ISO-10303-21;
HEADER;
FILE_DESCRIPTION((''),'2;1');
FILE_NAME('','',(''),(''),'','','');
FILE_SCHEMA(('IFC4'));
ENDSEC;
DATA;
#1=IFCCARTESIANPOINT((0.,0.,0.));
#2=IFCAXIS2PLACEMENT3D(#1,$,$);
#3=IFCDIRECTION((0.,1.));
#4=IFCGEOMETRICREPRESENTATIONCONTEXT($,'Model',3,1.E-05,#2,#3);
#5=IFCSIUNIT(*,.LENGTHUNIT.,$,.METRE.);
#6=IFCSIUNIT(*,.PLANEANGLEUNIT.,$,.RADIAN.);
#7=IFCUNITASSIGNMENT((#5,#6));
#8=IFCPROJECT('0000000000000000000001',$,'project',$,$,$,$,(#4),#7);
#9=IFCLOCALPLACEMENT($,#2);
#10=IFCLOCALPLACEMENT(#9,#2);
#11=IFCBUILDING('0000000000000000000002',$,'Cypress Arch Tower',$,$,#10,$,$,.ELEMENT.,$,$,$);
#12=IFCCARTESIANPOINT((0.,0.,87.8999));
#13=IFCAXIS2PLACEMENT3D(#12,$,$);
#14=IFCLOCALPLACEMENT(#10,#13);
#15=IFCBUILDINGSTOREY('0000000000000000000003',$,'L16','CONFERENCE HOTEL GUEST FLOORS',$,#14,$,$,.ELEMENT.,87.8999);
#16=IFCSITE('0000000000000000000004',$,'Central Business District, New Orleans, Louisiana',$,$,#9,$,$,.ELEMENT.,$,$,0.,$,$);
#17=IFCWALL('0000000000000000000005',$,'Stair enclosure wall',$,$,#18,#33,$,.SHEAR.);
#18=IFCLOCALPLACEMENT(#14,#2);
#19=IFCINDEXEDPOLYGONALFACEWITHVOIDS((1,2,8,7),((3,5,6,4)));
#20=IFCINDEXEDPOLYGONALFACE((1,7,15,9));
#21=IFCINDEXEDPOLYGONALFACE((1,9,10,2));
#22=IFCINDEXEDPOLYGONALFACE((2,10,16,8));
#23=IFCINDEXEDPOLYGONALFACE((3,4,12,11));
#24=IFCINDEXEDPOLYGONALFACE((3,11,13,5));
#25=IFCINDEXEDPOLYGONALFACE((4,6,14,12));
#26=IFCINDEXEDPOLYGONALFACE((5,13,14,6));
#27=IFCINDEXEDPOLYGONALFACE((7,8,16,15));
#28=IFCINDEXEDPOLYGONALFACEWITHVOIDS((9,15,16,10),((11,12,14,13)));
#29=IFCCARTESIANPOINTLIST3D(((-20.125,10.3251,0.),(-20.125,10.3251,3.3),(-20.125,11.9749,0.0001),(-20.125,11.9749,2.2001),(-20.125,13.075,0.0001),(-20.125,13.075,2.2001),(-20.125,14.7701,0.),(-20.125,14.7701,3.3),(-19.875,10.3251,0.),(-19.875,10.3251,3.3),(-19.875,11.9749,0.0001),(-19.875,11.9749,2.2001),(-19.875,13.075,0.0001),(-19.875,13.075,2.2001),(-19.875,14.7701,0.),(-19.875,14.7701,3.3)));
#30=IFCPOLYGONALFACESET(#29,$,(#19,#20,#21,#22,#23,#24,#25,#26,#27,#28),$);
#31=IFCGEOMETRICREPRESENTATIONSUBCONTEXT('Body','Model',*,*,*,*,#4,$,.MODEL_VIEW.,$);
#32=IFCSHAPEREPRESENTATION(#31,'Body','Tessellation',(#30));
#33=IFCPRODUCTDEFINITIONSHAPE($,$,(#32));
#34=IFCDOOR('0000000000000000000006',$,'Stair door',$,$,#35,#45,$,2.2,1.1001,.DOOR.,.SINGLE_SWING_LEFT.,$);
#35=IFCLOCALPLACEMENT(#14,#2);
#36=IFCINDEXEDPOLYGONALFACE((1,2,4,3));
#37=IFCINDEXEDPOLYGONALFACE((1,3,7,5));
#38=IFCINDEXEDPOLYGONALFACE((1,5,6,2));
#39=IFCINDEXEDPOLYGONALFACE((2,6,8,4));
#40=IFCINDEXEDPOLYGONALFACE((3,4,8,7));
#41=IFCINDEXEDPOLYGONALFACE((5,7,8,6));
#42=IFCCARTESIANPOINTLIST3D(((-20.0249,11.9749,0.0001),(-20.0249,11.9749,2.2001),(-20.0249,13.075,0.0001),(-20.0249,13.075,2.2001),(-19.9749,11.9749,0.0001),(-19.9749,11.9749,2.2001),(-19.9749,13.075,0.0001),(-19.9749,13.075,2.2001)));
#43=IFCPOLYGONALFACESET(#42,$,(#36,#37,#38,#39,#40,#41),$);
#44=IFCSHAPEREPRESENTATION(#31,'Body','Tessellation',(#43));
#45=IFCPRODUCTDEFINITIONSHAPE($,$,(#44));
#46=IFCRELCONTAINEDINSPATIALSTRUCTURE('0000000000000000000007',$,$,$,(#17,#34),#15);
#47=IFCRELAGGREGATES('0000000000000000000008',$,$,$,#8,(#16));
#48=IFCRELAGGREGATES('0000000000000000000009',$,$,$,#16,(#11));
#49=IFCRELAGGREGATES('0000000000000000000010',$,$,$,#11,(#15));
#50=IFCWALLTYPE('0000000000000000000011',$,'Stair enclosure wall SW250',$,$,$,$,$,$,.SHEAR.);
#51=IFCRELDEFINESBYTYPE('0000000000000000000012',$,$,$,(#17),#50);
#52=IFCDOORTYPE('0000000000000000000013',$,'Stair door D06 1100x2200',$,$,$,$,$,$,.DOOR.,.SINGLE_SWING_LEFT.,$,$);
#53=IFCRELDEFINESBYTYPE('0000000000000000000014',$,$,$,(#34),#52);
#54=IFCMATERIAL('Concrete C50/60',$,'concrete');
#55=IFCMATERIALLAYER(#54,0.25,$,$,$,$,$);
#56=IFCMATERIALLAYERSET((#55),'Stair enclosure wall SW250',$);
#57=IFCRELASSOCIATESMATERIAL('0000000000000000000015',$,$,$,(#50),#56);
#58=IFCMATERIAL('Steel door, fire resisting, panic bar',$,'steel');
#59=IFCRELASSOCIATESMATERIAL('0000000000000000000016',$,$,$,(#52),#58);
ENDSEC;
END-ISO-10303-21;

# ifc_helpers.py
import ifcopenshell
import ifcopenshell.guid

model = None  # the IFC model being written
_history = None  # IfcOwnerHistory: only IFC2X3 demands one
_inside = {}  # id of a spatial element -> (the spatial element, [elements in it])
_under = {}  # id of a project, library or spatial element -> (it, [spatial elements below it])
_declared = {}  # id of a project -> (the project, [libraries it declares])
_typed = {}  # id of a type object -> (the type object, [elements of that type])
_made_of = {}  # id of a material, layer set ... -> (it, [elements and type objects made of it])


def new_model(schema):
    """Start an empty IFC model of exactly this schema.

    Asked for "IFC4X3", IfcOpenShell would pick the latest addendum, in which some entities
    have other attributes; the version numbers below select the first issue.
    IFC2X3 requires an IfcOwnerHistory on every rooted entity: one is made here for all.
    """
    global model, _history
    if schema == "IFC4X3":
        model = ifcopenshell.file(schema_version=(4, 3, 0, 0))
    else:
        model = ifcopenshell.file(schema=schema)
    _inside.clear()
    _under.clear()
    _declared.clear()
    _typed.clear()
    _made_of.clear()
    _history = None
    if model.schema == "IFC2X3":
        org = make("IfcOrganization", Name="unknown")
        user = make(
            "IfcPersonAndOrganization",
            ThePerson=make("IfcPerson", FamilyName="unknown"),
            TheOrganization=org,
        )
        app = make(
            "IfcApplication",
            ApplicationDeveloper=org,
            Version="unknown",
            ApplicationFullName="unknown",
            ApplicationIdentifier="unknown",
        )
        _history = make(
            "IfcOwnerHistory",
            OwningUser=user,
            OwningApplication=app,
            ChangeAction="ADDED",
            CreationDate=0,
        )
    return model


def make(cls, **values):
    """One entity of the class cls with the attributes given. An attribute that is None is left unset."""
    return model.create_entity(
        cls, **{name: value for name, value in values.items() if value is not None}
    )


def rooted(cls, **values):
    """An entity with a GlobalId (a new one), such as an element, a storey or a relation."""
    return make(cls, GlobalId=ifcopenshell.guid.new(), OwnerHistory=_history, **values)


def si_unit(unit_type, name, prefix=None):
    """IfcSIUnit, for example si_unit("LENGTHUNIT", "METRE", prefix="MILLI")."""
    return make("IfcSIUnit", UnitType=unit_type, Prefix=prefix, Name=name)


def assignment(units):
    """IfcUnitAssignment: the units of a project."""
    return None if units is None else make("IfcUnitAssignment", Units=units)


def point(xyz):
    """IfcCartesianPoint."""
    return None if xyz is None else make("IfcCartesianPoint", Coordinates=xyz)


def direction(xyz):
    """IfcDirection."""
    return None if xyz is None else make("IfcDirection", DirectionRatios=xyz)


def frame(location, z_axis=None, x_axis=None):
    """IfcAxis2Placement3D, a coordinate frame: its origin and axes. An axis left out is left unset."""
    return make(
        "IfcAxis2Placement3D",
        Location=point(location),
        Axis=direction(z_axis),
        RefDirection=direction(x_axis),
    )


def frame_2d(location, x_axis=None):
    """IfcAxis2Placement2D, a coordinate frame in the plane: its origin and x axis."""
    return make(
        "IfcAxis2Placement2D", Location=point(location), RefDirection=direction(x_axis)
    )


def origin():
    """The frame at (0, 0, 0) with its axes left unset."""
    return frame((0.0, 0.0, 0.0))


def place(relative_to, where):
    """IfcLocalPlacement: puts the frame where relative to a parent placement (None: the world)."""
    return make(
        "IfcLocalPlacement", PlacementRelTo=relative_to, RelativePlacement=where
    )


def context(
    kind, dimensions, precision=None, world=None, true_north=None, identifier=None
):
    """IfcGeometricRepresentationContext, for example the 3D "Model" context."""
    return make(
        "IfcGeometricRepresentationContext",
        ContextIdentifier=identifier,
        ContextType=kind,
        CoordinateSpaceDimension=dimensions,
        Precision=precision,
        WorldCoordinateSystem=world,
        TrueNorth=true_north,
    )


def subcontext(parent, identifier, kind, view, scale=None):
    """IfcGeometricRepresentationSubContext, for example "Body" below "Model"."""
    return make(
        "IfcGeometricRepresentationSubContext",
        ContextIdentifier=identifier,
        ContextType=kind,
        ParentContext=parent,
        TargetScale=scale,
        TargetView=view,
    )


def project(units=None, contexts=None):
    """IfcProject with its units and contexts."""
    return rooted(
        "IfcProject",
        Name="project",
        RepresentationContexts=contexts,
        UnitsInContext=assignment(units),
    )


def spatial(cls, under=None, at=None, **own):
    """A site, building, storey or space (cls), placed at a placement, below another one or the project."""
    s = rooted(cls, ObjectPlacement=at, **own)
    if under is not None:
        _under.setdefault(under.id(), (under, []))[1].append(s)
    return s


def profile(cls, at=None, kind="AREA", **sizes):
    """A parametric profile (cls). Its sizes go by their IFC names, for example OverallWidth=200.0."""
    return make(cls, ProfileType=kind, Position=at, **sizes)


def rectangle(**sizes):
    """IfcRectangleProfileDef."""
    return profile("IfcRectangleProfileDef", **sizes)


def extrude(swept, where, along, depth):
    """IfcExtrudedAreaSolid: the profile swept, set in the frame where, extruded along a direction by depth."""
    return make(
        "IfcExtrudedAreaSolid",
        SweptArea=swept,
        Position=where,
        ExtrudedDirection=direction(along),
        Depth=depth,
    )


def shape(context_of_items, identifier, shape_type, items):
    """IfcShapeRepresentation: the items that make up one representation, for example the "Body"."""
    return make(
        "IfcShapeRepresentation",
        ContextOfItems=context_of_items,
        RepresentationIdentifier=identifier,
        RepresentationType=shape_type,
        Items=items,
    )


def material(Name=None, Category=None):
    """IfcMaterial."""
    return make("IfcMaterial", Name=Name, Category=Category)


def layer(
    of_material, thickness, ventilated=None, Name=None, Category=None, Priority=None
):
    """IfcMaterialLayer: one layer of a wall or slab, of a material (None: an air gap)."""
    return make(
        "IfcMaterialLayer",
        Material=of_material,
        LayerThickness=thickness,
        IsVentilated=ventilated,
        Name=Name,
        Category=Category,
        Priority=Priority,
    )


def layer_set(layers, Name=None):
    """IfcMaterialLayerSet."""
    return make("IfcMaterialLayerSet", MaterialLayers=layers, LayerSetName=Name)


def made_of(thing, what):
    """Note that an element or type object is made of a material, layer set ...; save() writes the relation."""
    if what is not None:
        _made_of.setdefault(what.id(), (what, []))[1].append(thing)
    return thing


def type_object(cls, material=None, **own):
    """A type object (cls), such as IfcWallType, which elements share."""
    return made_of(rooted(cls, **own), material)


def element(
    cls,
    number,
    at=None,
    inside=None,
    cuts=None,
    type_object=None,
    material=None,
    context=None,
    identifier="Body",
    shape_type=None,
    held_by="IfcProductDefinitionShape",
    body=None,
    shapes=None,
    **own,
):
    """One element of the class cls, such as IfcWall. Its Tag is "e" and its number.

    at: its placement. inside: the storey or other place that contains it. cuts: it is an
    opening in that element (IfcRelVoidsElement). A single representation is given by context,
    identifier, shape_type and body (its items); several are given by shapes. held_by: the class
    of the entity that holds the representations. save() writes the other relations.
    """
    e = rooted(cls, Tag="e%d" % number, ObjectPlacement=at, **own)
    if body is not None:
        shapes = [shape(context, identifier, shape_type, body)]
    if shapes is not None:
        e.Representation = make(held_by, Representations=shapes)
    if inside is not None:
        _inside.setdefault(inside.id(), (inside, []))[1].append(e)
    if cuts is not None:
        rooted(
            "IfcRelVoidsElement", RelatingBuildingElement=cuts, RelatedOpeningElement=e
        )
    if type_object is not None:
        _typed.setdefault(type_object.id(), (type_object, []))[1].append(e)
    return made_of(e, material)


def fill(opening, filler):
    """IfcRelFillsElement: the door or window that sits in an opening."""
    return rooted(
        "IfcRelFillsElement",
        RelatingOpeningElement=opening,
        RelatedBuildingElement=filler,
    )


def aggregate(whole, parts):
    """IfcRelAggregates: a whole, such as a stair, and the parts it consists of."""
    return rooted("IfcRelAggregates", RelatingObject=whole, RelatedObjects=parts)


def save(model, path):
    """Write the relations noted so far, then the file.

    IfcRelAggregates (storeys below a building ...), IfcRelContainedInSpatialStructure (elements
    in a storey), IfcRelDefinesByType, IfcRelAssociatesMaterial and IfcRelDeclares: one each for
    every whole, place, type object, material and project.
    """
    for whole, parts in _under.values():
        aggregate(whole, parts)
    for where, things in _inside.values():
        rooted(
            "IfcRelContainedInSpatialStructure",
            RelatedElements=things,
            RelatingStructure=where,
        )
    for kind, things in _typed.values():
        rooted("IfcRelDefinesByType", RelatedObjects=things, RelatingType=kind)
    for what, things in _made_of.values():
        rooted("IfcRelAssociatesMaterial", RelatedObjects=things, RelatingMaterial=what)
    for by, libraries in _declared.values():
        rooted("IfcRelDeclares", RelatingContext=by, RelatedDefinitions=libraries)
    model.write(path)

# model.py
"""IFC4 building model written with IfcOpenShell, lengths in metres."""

from ifc_helpers import new_model, si_unit, direction, frame, frame_2d, origin, place, context, subcontext, project, spatial, rectangle, extrude, material, layer, layer_set, type_object, element, fill, save


model = new_model("IFC4")

# Units and contexts
model_context = context("Model", 3, precision=1e-05, world=origin(), true_north=direction((0.0, 1.0)))
body_context = subcontext(model_context, "Body", "Model", "MODEL_VIEW")
ifc_project = project(units=[si_unit("LENGTHUNIT", "METRE"), si_unit("PLANEANGLEUNIT", "RADIAN")], contexts=[model_context])

# Site, building, storey
site_placement = place(None, origin())
site = spatial("IfcSite", under=ifc_project, at=site_placement, Name="Central Business District, New Orleans, Louisiana", CompositionType="ELEMENT", RefElevation=0.0)
building_placement = place(site_placement, origin())
building = spatial("IfcBuilding", under=site, at=building_placement, Name="Cypress Arch Tower", CompositionType="ELEMENT")
storey_placement = place(building_placement, frame((0.0, 0.0, 87.8999)))
storey = spatial("IfcBuildingStorey", under=building, at=storey_placement, Name="L16", Description="CONFERENCE HOTEL GUEST FLOORS", CompositionType="ELEMENT", Elevation=87.8999)

# Wall, opening, door
ifc_material_1 = material(Name="Concrete C50/60", Category="concrete")
ifc_layer_1 = layer(ifc_material_1, 0.25)
ifc_layer_set_1 = layer_set([ifc_layer_1], Name="Stair enclosure wall SW250")
wall_type_1 = type_object("IfcWallType", Name="Stair enclosure wall SW250", PredefinedType="SHEAR", material=ifc_layer_set_1)
wall_1_placement = place(storey_placement, frame((-20.0, 10.325, 0.0), z_axis=(0.0, 0.0, 1.0), x_axis=(0.0, 1.0, 0.0)))
wall_1 = element("IfcWall", 1, at=wall_1_placement, inside=storey, type_object=wall_type_1, Name="Stair enclosure wall", PredefinedType="SHEAR", context=body_context, shape_type="SweptSolid", body=[
    extrude(rectangle(XDim=4.4451, YDim=0.25, at=frame_2d((2.2227, 0.0))), origin(), (0.0, 0.0, 1.0), 3.3),
])
opening_1_placement = place(wall_1_placement, frame((1.6499, 0.0, 0.0)))
opening_1 = element("IfcOpeningElement", 2, at=opening_1_placement, cuts=wall_1, PredefinedType="OPENING", context=body_context, shape_type="SweptSolid", body=[
    extrude(rectangle(XDim=1.1001, YDim=2.2, at=frame_2d((0.55, 1.1001))), frame((0.0, 0.135, 0.0), z_axis=(0.0, -1.0, 0.0), x_axis=(1.0, 0.0, 0.0)), (0.0, 0.0, 1.0), 0.27),
])
ifc_material_2 = material(Name="Steel door, fire resisting, panic bar", Category="steel")
door_type_1 = type_object("IfcDoorType", Name="Stair door D06 1100x2200", OperationType="SINGLE_SWING_LEFT", PredefinedType="DOOR", material=ifc_material_2)
door_1_placement = place(opening_1_placement, origin())
door_1 = element("IfcDoor", 3, at=door_1_placement, inside=storey, type_object=door_type_1, Name="Stair door", OperationType="SINGLE_SWING_LEFT", OverallHeight=2.2, OverallWidth=1.1001, PredefinedType="DOOR", context=body_context, shape_type="SweptSolid", body=[
    extrude(rectangle(XDim=1.1001, YDim=2.2, at=frame_2d((0.55, 1.1001))), frame((0.0, 0.0249, 0.0), z_axis=(0.0, -1.0, 0.0), x_axis=(1.0, 0.0, 0.0)), (0.0, 0.0, 1.0), 0.05),
])
fill(opening_1, door_1)

save(model, "model.ifc")
